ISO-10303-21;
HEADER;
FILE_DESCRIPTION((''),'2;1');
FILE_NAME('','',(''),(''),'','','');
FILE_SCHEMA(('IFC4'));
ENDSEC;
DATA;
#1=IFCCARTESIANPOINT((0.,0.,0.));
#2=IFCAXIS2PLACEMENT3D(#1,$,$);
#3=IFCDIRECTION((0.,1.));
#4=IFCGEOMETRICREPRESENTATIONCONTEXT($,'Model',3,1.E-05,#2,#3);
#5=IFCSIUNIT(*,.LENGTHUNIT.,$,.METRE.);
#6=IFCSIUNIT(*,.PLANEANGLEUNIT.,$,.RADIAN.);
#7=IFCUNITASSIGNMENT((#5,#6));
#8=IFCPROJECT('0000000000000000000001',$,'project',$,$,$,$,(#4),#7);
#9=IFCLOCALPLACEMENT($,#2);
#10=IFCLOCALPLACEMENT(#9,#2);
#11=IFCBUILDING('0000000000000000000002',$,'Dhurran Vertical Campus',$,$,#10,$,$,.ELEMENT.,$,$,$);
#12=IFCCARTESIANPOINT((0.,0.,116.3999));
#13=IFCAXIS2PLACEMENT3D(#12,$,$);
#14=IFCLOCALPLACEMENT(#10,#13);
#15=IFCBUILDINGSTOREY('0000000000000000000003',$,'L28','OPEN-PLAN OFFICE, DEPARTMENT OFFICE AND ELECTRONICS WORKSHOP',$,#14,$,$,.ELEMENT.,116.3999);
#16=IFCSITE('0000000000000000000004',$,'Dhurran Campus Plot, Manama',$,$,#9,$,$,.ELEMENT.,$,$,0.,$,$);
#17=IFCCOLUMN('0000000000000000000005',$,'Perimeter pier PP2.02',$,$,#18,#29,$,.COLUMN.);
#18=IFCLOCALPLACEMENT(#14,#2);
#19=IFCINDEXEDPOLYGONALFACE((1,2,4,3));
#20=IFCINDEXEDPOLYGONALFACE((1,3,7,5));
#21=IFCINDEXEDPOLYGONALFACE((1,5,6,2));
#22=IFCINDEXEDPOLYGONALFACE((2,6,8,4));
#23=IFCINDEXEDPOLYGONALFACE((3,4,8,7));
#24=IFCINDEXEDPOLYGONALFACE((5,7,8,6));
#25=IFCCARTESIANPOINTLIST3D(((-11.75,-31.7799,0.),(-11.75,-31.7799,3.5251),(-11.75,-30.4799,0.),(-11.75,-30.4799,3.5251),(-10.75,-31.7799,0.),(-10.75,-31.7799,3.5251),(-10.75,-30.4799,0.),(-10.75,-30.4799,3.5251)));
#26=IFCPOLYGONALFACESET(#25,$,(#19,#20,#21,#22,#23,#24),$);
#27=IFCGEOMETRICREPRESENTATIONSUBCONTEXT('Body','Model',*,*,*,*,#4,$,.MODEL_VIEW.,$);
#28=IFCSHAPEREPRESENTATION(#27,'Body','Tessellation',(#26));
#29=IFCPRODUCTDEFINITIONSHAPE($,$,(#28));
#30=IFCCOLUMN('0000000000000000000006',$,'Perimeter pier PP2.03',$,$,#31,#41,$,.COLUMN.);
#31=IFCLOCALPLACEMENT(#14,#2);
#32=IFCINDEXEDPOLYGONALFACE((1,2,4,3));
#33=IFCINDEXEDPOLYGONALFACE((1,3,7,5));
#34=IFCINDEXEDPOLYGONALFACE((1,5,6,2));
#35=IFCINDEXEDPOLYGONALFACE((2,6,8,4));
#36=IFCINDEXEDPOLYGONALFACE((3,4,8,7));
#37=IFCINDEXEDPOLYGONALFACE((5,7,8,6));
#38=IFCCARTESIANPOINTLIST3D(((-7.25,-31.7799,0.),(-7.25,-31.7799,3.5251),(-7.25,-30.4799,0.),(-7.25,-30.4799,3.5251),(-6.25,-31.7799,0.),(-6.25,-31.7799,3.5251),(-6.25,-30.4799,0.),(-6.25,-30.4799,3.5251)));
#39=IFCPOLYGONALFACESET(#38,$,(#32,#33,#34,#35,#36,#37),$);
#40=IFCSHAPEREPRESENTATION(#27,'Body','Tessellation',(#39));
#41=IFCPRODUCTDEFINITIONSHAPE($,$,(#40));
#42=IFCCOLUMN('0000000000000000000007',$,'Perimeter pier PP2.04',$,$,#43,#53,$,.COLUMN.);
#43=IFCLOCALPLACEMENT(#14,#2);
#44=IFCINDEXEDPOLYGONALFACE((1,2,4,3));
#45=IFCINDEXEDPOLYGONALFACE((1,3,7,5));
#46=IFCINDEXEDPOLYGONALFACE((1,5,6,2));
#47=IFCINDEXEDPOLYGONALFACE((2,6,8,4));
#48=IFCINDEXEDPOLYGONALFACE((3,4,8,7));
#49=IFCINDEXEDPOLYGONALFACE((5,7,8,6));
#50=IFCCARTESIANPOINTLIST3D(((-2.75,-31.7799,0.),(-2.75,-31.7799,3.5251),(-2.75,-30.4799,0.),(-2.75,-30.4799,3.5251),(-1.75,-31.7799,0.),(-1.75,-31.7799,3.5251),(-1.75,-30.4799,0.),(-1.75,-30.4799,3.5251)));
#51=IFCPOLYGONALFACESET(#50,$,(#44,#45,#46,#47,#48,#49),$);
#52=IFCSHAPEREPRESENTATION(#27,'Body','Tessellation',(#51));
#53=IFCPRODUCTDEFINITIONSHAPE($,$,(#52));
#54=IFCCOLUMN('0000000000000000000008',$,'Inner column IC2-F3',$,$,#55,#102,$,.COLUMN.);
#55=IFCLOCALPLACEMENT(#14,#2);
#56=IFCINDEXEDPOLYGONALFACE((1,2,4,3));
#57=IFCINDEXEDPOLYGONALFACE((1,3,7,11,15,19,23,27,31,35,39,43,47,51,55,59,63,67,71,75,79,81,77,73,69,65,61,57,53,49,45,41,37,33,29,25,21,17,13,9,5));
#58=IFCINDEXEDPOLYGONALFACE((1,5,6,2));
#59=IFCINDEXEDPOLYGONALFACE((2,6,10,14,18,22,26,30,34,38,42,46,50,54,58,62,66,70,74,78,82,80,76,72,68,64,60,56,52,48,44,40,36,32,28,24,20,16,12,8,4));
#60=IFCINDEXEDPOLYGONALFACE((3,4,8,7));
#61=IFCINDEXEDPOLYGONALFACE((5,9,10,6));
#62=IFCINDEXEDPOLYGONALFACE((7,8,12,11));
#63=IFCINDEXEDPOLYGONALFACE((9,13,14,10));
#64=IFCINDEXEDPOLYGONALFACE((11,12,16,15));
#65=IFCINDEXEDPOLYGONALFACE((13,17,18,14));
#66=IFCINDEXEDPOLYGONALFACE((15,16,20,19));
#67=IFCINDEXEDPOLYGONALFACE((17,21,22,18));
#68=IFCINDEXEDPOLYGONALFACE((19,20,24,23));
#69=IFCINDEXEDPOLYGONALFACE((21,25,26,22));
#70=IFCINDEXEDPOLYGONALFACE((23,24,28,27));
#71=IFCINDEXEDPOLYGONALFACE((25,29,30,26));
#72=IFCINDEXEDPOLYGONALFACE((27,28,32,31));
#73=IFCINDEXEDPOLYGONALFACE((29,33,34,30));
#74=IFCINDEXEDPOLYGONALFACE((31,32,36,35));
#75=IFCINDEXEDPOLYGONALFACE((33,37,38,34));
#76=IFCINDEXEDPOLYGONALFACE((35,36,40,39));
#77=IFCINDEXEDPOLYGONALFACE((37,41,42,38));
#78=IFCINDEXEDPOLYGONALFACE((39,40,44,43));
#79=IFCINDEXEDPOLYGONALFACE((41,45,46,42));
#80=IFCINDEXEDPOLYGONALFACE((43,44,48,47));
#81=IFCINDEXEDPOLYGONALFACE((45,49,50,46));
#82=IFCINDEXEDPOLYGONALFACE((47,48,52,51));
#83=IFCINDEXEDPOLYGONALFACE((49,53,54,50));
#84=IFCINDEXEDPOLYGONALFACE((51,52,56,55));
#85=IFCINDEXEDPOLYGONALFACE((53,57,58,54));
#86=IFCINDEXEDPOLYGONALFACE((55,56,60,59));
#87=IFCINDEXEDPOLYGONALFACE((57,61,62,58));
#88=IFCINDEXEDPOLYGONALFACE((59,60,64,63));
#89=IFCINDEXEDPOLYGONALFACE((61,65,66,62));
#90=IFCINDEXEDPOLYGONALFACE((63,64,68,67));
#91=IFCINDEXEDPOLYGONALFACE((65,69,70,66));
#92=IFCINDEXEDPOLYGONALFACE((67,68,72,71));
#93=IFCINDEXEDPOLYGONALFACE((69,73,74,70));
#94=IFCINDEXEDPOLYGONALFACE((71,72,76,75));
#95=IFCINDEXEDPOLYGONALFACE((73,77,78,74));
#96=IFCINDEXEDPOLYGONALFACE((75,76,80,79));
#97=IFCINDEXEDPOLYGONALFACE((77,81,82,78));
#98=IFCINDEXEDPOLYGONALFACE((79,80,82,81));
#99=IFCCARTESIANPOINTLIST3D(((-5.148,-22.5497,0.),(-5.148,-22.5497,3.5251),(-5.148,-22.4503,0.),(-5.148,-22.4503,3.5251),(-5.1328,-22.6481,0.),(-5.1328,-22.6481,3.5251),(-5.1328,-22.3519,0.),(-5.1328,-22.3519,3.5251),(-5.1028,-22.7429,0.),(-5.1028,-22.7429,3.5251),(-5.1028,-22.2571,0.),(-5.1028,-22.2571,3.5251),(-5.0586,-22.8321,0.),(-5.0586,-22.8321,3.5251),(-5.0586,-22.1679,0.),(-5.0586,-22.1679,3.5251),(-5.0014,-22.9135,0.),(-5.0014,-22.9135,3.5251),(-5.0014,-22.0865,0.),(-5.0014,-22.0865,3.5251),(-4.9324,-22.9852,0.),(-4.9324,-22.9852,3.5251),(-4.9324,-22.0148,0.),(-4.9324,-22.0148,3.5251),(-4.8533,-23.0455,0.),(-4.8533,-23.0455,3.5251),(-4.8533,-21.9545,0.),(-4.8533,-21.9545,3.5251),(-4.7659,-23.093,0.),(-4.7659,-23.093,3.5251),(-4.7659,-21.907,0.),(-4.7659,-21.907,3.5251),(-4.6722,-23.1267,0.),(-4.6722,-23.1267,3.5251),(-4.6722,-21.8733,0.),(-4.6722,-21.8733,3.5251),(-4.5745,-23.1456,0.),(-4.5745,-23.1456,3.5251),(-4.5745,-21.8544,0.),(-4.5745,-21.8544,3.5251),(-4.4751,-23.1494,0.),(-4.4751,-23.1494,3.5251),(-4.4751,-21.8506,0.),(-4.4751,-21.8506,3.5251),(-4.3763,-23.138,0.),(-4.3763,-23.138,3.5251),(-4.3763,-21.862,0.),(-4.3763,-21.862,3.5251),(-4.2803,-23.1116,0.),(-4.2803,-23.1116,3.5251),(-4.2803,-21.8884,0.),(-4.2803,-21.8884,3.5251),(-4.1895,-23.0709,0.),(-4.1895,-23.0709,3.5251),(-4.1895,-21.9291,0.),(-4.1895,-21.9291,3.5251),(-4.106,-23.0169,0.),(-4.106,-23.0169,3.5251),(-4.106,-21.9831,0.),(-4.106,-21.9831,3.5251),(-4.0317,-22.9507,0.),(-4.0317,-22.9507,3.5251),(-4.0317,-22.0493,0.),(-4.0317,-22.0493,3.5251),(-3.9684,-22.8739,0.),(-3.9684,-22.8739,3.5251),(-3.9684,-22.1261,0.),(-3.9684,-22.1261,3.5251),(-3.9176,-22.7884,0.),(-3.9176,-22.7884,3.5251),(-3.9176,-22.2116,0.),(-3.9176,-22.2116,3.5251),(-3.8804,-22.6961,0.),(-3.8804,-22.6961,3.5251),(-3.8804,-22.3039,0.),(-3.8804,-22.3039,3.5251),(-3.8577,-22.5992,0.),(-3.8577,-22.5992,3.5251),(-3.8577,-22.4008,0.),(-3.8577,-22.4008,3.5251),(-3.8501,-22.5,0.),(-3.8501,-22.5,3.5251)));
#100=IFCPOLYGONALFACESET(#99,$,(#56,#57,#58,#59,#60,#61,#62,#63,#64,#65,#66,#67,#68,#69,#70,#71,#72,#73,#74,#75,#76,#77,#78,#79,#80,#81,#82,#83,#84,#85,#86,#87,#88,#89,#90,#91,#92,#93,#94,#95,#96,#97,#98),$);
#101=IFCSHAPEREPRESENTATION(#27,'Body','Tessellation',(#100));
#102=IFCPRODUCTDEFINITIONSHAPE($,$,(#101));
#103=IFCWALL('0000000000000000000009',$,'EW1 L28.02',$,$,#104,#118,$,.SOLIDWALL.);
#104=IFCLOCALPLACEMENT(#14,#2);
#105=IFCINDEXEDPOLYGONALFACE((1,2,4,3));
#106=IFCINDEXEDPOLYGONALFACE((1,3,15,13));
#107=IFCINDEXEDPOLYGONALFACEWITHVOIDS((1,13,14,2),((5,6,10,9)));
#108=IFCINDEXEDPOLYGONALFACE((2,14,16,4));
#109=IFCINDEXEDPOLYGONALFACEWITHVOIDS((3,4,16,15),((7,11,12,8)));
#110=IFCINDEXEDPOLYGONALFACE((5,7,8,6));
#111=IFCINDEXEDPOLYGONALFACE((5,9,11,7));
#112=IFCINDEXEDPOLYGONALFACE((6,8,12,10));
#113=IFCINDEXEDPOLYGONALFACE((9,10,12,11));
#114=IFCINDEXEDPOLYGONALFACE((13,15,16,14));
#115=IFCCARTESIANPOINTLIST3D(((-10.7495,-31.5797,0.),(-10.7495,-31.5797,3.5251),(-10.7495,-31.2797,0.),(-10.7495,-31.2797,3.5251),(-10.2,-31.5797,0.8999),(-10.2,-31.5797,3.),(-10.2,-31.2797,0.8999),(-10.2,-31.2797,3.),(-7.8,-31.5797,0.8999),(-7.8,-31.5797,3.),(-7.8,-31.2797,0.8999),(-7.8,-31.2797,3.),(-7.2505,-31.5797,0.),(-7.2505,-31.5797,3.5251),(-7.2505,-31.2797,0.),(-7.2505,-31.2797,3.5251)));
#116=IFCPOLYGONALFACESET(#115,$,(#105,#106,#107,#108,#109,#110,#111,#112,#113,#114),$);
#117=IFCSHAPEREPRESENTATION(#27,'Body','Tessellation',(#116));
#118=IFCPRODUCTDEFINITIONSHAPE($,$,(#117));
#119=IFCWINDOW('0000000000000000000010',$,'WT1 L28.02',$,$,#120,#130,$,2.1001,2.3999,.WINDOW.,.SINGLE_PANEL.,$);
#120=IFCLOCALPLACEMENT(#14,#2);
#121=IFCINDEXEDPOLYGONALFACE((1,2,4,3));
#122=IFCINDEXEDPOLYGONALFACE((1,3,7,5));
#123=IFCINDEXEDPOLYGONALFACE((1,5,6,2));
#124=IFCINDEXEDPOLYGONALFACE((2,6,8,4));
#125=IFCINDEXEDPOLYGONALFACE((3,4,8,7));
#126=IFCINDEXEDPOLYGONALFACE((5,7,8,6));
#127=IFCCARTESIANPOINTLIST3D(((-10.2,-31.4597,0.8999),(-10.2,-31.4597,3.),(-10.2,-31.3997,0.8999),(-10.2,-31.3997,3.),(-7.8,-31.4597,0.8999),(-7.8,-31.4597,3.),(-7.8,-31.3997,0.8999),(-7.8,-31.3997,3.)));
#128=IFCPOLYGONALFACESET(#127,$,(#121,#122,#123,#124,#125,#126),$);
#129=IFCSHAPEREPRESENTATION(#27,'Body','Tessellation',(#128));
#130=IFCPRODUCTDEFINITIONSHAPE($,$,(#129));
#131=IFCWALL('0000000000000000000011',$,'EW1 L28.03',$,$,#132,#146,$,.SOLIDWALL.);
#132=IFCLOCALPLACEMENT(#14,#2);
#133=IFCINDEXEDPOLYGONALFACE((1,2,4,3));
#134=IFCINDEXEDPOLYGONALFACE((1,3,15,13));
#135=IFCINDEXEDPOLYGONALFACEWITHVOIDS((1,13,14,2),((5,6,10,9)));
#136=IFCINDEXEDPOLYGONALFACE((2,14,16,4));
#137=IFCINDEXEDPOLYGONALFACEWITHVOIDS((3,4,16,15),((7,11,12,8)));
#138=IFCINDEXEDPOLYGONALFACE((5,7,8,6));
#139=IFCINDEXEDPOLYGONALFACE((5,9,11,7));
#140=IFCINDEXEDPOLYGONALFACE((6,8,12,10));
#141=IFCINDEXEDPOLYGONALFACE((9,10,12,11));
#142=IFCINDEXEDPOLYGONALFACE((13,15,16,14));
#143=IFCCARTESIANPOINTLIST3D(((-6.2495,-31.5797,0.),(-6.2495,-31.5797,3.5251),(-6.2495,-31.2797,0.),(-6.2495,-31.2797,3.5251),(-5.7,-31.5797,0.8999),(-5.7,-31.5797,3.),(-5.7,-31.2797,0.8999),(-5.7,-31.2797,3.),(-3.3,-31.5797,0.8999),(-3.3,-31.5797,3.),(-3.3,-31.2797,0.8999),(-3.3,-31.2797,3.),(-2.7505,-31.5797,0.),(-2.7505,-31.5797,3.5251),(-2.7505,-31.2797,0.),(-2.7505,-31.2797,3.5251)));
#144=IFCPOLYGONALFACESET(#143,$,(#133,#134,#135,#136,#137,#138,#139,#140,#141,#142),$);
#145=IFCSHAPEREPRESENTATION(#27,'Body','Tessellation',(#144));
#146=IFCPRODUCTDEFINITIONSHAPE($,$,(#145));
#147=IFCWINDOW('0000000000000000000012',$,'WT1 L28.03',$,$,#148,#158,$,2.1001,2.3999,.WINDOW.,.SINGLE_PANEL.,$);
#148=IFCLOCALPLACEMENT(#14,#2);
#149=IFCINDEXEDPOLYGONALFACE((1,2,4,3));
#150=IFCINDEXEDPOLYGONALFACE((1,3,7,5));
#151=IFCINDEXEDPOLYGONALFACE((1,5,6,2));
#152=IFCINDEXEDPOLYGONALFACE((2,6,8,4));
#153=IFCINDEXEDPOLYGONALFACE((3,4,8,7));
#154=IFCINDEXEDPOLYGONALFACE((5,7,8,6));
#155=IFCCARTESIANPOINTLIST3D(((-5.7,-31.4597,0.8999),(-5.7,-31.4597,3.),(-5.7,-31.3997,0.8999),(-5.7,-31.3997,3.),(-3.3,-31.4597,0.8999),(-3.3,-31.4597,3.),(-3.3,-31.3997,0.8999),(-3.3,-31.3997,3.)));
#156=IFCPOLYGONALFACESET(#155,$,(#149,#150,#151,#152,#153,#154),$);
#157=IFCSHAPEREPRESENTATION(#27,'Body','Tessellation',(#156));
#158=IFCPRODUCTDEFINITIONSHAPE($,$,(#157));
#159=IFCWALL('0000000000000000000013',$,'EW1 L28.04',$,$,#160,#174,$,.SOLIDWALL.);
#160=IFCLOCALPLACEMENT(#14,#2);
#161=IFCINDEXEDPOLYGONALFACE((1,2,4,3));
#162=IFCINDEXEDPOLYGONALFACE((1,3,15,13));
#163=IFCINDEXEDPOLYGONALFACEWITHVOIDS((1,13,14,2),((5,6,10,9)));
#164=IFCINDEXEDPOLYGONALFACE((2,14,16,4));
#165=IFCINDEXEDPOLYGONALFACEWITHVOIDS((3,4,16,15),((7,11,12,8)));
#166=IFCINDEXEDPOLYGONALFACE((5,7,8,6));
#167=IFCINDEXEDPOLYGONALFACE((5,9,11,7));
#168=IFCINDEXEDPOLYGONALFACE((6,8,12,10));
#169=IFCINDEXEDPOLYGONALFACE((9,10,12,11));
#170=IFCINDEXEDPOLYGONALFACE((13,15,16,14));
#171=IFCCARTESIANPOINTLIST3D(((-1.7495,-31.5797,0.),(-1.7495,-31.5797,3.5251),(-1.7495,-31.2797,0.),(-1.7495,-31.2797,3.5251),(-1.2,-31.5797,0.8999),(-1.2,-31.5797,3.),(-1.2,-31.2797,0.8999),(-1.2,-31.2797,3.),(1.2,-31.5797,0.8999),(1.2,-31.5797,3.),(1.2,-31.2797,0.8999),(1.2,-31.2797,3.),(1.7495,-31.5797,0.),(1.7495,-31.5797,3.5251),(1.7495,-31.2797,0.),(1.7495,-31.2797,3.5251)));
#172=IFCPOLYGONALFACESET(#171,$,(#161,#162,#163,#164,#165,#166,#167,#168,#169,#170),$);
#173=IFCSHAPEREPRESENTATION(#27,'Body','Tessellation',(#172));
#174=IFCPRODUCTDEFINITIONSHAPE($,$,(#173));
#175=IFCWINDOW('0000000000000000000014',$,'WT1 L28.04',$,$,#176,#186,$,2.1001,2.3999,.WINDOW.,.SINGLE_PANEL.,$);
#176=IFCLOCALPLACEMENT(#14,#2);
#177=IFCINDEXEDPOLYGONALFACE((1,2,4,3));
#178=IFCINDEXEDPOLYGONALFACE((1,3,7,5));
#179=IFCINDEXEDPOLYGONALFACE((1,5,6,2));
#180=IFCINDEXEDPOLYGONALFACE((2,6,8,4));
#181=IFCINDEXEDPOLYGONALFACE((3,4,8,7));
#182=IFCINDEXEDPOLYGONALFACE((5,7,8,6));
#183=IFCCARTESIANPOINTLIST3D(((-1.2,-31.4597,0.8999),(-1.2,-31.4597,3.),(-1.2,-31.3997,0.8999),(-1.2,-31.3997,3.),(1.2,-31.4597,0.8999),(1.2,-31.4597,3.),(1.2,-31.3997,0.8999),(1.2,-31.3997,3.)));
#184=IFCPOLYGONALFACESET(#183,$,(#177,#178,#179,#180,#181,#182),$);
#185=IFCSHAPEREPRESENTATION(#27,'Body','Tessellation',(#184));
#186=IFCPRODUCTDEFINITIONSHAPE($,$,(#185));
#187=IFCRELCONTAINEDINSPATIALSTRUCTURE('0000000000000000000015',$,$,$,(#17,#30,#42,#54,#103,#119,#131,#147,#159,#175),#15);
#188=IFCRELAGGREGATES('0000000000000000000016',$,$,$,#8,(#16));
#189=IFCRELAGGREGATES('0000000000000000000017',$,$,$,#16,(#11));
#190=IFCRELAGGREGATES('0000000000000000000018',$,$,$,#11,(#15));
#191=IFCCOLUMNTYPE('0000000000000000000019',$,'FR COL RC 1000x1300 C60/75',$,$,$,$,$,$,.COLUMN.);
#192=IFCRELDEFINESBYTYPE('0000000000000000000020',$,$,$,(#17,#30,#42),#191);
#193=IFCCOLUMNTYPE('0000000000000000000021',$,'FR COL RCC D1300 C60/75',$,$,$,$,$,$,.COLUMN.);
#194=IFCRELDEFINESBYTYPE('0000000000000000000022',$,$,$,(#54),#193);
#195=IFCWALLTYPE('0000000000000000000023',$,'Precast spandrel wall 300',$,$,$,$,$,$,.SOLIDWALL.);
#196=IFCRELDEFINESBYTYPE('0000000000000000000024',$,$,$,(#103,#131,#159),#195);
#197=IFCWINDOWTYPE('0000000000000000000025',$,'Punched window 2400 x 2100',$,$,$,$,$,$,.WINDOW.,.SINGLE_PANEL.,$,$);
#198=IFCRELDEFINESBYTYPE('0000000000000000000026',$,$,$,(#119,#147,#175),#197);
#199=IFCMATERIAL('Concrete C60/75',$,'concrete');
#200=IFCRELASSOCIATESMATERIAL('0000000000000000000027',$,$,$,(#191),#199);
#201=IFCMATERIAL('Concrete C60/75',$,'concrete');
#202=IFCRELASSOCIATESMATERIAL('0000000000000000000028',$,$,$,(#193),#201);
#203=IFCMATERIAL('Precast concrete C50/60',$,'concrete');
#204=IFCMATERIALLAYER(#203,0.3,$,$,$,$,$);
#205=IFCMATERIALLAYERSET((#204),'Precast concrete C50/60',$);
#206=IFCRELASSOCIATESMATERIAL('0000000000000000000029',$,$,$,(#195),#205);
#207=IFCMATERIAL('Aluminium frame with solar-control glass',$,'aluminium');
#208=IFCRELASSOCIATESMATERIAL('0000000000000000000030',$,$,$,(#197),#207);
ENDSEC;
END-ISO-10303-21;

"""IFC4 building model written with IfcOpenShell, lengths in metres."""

from ifc_helpers import new_model, si_unit, direction, frame, frame_2d, origin, origin_2d, place, context, subcontext, project, spatial, rectangle, circle, extrude, material, layer, layer_set, material_profile, profile_set, type_object, element, fill, save


model = new_model("IFC4")

# Units and contexts
model_context = context("Model", 3, precision=1e-05, world=origin(), true_north=direction((0.0, 1.0)))
body_context = subcontext(model_context, "Body", "Model", "MODEL_VIEW")
ifc_project = project(units=[si_unit("LENGTHUNIT", "METRE"), si_unit("PLANEANGLEUNIT", "RADIAN")], contexts=[model_context])

# Site, building, storey
site_placement = place(None, origin())
site = spatial("IfcSite", under=ifc_project, at=site_placement, Name="Dhurran Campus Plot, Manama", CompositionType="ELEMENT", RefElevation=0.0)
building_placement = place(site_placement, origin())
building = spatial("IfcBuilding", under=site, at=building_placement, Name="Dhurran Vertical Campus", CompositionType="ELEMENT")
storey_placement = place(building_placement, frame((0.0, 0.0, 116.3999)))
storey = spatial("IfcBuildingStorey", under=building, at=storey_placement, Name="L28", Description="OPEN-PLAN OFFICE, DEPARTMENT OFFICE AND ELECTRONICS WORKSHOP", CompositionType="ELEMENT", Elevation=116.3999)

# Columns
ifc_material_1 = material(Name="Concrete C60/75", Category="concrete")
ifc_material_profile_1 = material_profile(ifc_material_1, rectangle(XDim=1.0, YDim=1.3, at=origin_2d()), Name="RC 1000x1300")
ifc_profile_set_1 = profile_set([ifc_material_profile_1], Name="Concrete C60/75")
column_type_1 = type_object("IfcColumnType", Name="FR COL RC 1000x1300 C60/75", PredefinedType="COLUMN", material=ifc_profile_set_1)
for number, where, z_axis, x_axis, name in (
    (1, (-11.25, -31.1299, 0.0), (0.0, 0.0, 1.0), (1.0, 0.0, 0.0), "Perimeter pier PP2.02"),
    (2, (-6.75, -31.1299, 0.0), (0.0, 0.0, 1.0), (1.0, 0.0, 0.0), "Perimeter pier PP2.03"),
    (3, (-2.25, -31.1299, 0.0), (0.0, 0.0, 1.0), (1.0, 0.0, 0.0), "Perimeter pier PP2.04"),
):
    element("IfcColumn", number, at=place(storey_placement, frame(where, z_axis=z_axis, x_axis=x_axis)), inside=storey, type_object=column_type_1, Name=name, PredefinedType="COLUMN", context=body_context, shape_type="SweptSolid", body=[
        extrude(rectangle(XDim=1.0, YDim=1.3, at=origin_2d()), origin(), (0.0, 0.0, 1.0), 3.5251),
    ])
ifc_material_2 = material(Name="Concrete C60/75", Category="concrete")
ifc_material_profile_2 = material_profile(ifc_material_2, circle(Radius=0.6499, at=origin_2d()), Name="RCC D1300")
ifc_profile_set_2 = profile_set([ifc_material_profile_2], Name="Concrete C60/75")
column_type_2 = type_object("IfcColumnType", Name="FR COL RCC D1300 C60/75", PredefinedType="COLUMN", material=ifc_profile_set_2)
column_placement = place(storey_placement, frame((-4.5, -22.5, 0.0), z_axis=(0.0, 0.0, 1.0), x_axis=(1.0, 0.0, 0.0)))
element("IfcColumn", 4, at=column_placement, inside=storey, type_object=column_type_2, Name="Inner column IC2-F3", PredefinedType="COLUMN", context=body_context, shape_type="SweptSolid", body=[
    extrude(circle(Radius=0.6499, at=origin_2d()), origin(), (0.0, 0.0, 1.0), 3.5251),
])

# Walls, openings, windows
ifc_material_3 = material(Name="Precast concrete C50/60", Category="concrete")
ifc_layer_1 = layer(ifc_material_3, 0.3)
ifc_layer_set_1 = layer_set([ifc_layer_1], Name="Precast concrete C50/60")
wall_type_1 = type_object("IfcWallType", Name="Precast spandrel wall 300", PredefinedType="SOLIDWALL", material=ifc_layer_set_1)
wall_1_placement = place(storey_placement, frame((-10.7495, -31.4297, 0.0), z_axis=(0.0, 0.0, 1.0), x_axis=(1.0, 0.0, 0.0)))
wall_1 = element("IfcWall", 5, at=wall_1_placement, inside=storey, type_object=wall_type_1, Name="EW1 L28.02", PredefinedType="SOLIDWALL", context=body_context, shape_type="SweptSolid", body=[
    extrude(rectangle(XDim=3.499, YDim=0.3, at=frame_2d((1.7495, 0.0))), origin(), (0.0, 0.0, 1.0), 3.5251),
])
opening_1_placement = place(wall_1_placement, frame((0.5496, 0.0, 0.8999)))
opening_1 = element("IfcOpeningElement", 6, at=opening_1_placement, cuts=wall_1, PredefinedType="OPENING", context=body_context, shape_type="SweptSolid", body=[
    extrude(rectangle(XDim=2.3999, YDim=2.1001, at=frame_2d((1.2, 1.05))), frame((0.0, 0.1599, 0.0), z_axis=(0.0, -1.0, 0.0), x_axis=(1.0, 0.0, 0.0)), (0.0, 0.0, 1.0), 0.3201),
])
ifc_material_4 = material(Name="Aluminium frame with solar-control glass", Category="aluminium")
window_type = type_object("IfcWindowType", Name="Punched window 2400 x 2100", PartitioningType="SINGLE_PANEL", PredefinedType="WINDOW", material=ifc_material_4)
window_1_placement = place(opening_1_placement, origin())
window_1 = element("IfcWindow", 7, at=window_1_placement, inside=storey, type_object=window_type, Name="WT1 L28.02", OverallHeight=2.1001, OverallWidth=2.3999, PartitioningType="SINGLE_PANEL", PredefinedType="WINDOW", context=body_context, shape_type="SweptSolid", body=[
    extrude(rectangle(XDim=2.3999, YDim=2.1001, at=frame_2d((1.2, 1.05))), frame((0.0, 0.03, 0.0), z_axis=(0.0, -1.0, 0.0), x_axis=(1.0, 0.0, 0.0)), (0.0, 0.0, 1.0), 0.0601),
])
fill(opening_1, window_1)
wall_2_placement = place(storey_placement, frame((-6.2495, -31.4297, 0.0), z_axis=(0.0, 0.0, 1.0), x_axis=(1.0, 0.0, 0.0)))
wall_2 = element("IfcWall", 8, at=wall_2_placement, inside=storey, type_object=wall_type_1, Name="EW1 L28.03", PredefinedType="SOLIDWALL", context=body_context, shape_type="SweptSolid", body=[
    extrude(rectangle(XDim=3.499, YDim=0.3, at=frame_2d((1.7495, 0.0))), origin(), (0.0, 0.0, 1.0), 3.5251),
])
opening_2_placement = place(wall_2_placement, frame((0.5496, 0.0, 0.8999)))
opening_2 = element("IfcOpeningElement", 9, at=opening_2_placement, cuts=wall_2, PredefinedType="OPENING", context=body_context, shape_type="SweptSolid", body=[
    extrude(rectangle(XDim=2.3999, YDim=2.1001, at=frame_2d((1.2, 1.05))), frame((0.0, 0.1599, 0.0), z_axis=(0.0, -1.0, 0.0), x_axis=(1.0, 0.0, 0.0)), (0.0, 0.0, 1.0), 0.3201),
])
window_2_placement = place(opening_2_placement, origin())
window_2 = element("IfcWindow", 10, at=window_2_placement, inside=storey, type_object=window_type, Name="WT1 L28.03", OverallHeight=2.1001, OverallWidth=2.3999, PartitioningType="SINGLE_PANEL", PredefinedType="WINDOW", context=body_context, shape_type="SweptSolid", body=[
    extrude(rectangle(XDim=2.3999, YDim=2.1001, at=frame_2d((1.2, 1.05))), frame((0.0, 0.03, 0.0), z_axis=(0.0, -1.0, 0.0), x_axis=(1.0, 0.0, 0.0)), (0.0, 0.0, 1.0), 0.0601),
])
fill(opening_2, window_2)
wall_3_placement = place(storey_placement, frame((-1.7495, -31.4297, 0.0), z_axis=(0.0, 0.0, 1.0), x_axis=(1.0, 0.0, 0.0)))
wall_3 = element("IfcWall", 11, at=wall_3_placement, inside=storey, type_object=wall_type_1, Name="EW1 L28.04", PredefinedType="SOLIDWALL", context=body_context, shape_type="SweptSolid", body=[
    extrude(rectangle(XDim=3.499, YDim=0.3, at=frame_2d((1.7495, 0.0))), origin(), (0.0, 0.0, 1.0), 3.5251),
])
opening_3_placement = place(wall_3_placement, frame((0.5496, 0.0, 0.8999)))
opening_3 = element("IfcOpeningElement", 12, at=opening_3_placement, cuts=wall_3, PredefinedType="OPENING", context=body_context, shape_type="SweptSolid", body=[
    extrude(rectangle(XDim=2.3999, YDim=2.1001, at=frame_2d((1.2, 1.05))), frame((0.0, 0.1599, 0.0), z_axis=(0.0, -1.0, 0.0), x_axis=(1.0, 0.0, 0.0)), (0.0, 0.0, 1.0), 0.3201),
])
window_3_placement = place(opening_3_placement, origin())
window_3 = element("IfcWindow", 13, at=window_3_placement, inside=storey, type_object=window_type, Name="WT1 L28.04", OverallHeight=2.1001, OverallWidth=2.3999, PartitioningType="SINGLE_PANEL", PredefinedType="WINDOW", context=body_context, shape_type="SweptSolid", body=[
    extrude(rectangle(XDim=2.3999, YDim=2.1001, at=frame_2d((1.2, 1.05))), frame((0.0, 0.03, 0.0), z_axis=(0.0, -1.0, 0.0), x_axis=(1.0, 0.0, 0.0)), (0.0, 0.0, 1.0), 0.0601),
])
fill(opening_3, window_3)

save(model, "model.ifc")
